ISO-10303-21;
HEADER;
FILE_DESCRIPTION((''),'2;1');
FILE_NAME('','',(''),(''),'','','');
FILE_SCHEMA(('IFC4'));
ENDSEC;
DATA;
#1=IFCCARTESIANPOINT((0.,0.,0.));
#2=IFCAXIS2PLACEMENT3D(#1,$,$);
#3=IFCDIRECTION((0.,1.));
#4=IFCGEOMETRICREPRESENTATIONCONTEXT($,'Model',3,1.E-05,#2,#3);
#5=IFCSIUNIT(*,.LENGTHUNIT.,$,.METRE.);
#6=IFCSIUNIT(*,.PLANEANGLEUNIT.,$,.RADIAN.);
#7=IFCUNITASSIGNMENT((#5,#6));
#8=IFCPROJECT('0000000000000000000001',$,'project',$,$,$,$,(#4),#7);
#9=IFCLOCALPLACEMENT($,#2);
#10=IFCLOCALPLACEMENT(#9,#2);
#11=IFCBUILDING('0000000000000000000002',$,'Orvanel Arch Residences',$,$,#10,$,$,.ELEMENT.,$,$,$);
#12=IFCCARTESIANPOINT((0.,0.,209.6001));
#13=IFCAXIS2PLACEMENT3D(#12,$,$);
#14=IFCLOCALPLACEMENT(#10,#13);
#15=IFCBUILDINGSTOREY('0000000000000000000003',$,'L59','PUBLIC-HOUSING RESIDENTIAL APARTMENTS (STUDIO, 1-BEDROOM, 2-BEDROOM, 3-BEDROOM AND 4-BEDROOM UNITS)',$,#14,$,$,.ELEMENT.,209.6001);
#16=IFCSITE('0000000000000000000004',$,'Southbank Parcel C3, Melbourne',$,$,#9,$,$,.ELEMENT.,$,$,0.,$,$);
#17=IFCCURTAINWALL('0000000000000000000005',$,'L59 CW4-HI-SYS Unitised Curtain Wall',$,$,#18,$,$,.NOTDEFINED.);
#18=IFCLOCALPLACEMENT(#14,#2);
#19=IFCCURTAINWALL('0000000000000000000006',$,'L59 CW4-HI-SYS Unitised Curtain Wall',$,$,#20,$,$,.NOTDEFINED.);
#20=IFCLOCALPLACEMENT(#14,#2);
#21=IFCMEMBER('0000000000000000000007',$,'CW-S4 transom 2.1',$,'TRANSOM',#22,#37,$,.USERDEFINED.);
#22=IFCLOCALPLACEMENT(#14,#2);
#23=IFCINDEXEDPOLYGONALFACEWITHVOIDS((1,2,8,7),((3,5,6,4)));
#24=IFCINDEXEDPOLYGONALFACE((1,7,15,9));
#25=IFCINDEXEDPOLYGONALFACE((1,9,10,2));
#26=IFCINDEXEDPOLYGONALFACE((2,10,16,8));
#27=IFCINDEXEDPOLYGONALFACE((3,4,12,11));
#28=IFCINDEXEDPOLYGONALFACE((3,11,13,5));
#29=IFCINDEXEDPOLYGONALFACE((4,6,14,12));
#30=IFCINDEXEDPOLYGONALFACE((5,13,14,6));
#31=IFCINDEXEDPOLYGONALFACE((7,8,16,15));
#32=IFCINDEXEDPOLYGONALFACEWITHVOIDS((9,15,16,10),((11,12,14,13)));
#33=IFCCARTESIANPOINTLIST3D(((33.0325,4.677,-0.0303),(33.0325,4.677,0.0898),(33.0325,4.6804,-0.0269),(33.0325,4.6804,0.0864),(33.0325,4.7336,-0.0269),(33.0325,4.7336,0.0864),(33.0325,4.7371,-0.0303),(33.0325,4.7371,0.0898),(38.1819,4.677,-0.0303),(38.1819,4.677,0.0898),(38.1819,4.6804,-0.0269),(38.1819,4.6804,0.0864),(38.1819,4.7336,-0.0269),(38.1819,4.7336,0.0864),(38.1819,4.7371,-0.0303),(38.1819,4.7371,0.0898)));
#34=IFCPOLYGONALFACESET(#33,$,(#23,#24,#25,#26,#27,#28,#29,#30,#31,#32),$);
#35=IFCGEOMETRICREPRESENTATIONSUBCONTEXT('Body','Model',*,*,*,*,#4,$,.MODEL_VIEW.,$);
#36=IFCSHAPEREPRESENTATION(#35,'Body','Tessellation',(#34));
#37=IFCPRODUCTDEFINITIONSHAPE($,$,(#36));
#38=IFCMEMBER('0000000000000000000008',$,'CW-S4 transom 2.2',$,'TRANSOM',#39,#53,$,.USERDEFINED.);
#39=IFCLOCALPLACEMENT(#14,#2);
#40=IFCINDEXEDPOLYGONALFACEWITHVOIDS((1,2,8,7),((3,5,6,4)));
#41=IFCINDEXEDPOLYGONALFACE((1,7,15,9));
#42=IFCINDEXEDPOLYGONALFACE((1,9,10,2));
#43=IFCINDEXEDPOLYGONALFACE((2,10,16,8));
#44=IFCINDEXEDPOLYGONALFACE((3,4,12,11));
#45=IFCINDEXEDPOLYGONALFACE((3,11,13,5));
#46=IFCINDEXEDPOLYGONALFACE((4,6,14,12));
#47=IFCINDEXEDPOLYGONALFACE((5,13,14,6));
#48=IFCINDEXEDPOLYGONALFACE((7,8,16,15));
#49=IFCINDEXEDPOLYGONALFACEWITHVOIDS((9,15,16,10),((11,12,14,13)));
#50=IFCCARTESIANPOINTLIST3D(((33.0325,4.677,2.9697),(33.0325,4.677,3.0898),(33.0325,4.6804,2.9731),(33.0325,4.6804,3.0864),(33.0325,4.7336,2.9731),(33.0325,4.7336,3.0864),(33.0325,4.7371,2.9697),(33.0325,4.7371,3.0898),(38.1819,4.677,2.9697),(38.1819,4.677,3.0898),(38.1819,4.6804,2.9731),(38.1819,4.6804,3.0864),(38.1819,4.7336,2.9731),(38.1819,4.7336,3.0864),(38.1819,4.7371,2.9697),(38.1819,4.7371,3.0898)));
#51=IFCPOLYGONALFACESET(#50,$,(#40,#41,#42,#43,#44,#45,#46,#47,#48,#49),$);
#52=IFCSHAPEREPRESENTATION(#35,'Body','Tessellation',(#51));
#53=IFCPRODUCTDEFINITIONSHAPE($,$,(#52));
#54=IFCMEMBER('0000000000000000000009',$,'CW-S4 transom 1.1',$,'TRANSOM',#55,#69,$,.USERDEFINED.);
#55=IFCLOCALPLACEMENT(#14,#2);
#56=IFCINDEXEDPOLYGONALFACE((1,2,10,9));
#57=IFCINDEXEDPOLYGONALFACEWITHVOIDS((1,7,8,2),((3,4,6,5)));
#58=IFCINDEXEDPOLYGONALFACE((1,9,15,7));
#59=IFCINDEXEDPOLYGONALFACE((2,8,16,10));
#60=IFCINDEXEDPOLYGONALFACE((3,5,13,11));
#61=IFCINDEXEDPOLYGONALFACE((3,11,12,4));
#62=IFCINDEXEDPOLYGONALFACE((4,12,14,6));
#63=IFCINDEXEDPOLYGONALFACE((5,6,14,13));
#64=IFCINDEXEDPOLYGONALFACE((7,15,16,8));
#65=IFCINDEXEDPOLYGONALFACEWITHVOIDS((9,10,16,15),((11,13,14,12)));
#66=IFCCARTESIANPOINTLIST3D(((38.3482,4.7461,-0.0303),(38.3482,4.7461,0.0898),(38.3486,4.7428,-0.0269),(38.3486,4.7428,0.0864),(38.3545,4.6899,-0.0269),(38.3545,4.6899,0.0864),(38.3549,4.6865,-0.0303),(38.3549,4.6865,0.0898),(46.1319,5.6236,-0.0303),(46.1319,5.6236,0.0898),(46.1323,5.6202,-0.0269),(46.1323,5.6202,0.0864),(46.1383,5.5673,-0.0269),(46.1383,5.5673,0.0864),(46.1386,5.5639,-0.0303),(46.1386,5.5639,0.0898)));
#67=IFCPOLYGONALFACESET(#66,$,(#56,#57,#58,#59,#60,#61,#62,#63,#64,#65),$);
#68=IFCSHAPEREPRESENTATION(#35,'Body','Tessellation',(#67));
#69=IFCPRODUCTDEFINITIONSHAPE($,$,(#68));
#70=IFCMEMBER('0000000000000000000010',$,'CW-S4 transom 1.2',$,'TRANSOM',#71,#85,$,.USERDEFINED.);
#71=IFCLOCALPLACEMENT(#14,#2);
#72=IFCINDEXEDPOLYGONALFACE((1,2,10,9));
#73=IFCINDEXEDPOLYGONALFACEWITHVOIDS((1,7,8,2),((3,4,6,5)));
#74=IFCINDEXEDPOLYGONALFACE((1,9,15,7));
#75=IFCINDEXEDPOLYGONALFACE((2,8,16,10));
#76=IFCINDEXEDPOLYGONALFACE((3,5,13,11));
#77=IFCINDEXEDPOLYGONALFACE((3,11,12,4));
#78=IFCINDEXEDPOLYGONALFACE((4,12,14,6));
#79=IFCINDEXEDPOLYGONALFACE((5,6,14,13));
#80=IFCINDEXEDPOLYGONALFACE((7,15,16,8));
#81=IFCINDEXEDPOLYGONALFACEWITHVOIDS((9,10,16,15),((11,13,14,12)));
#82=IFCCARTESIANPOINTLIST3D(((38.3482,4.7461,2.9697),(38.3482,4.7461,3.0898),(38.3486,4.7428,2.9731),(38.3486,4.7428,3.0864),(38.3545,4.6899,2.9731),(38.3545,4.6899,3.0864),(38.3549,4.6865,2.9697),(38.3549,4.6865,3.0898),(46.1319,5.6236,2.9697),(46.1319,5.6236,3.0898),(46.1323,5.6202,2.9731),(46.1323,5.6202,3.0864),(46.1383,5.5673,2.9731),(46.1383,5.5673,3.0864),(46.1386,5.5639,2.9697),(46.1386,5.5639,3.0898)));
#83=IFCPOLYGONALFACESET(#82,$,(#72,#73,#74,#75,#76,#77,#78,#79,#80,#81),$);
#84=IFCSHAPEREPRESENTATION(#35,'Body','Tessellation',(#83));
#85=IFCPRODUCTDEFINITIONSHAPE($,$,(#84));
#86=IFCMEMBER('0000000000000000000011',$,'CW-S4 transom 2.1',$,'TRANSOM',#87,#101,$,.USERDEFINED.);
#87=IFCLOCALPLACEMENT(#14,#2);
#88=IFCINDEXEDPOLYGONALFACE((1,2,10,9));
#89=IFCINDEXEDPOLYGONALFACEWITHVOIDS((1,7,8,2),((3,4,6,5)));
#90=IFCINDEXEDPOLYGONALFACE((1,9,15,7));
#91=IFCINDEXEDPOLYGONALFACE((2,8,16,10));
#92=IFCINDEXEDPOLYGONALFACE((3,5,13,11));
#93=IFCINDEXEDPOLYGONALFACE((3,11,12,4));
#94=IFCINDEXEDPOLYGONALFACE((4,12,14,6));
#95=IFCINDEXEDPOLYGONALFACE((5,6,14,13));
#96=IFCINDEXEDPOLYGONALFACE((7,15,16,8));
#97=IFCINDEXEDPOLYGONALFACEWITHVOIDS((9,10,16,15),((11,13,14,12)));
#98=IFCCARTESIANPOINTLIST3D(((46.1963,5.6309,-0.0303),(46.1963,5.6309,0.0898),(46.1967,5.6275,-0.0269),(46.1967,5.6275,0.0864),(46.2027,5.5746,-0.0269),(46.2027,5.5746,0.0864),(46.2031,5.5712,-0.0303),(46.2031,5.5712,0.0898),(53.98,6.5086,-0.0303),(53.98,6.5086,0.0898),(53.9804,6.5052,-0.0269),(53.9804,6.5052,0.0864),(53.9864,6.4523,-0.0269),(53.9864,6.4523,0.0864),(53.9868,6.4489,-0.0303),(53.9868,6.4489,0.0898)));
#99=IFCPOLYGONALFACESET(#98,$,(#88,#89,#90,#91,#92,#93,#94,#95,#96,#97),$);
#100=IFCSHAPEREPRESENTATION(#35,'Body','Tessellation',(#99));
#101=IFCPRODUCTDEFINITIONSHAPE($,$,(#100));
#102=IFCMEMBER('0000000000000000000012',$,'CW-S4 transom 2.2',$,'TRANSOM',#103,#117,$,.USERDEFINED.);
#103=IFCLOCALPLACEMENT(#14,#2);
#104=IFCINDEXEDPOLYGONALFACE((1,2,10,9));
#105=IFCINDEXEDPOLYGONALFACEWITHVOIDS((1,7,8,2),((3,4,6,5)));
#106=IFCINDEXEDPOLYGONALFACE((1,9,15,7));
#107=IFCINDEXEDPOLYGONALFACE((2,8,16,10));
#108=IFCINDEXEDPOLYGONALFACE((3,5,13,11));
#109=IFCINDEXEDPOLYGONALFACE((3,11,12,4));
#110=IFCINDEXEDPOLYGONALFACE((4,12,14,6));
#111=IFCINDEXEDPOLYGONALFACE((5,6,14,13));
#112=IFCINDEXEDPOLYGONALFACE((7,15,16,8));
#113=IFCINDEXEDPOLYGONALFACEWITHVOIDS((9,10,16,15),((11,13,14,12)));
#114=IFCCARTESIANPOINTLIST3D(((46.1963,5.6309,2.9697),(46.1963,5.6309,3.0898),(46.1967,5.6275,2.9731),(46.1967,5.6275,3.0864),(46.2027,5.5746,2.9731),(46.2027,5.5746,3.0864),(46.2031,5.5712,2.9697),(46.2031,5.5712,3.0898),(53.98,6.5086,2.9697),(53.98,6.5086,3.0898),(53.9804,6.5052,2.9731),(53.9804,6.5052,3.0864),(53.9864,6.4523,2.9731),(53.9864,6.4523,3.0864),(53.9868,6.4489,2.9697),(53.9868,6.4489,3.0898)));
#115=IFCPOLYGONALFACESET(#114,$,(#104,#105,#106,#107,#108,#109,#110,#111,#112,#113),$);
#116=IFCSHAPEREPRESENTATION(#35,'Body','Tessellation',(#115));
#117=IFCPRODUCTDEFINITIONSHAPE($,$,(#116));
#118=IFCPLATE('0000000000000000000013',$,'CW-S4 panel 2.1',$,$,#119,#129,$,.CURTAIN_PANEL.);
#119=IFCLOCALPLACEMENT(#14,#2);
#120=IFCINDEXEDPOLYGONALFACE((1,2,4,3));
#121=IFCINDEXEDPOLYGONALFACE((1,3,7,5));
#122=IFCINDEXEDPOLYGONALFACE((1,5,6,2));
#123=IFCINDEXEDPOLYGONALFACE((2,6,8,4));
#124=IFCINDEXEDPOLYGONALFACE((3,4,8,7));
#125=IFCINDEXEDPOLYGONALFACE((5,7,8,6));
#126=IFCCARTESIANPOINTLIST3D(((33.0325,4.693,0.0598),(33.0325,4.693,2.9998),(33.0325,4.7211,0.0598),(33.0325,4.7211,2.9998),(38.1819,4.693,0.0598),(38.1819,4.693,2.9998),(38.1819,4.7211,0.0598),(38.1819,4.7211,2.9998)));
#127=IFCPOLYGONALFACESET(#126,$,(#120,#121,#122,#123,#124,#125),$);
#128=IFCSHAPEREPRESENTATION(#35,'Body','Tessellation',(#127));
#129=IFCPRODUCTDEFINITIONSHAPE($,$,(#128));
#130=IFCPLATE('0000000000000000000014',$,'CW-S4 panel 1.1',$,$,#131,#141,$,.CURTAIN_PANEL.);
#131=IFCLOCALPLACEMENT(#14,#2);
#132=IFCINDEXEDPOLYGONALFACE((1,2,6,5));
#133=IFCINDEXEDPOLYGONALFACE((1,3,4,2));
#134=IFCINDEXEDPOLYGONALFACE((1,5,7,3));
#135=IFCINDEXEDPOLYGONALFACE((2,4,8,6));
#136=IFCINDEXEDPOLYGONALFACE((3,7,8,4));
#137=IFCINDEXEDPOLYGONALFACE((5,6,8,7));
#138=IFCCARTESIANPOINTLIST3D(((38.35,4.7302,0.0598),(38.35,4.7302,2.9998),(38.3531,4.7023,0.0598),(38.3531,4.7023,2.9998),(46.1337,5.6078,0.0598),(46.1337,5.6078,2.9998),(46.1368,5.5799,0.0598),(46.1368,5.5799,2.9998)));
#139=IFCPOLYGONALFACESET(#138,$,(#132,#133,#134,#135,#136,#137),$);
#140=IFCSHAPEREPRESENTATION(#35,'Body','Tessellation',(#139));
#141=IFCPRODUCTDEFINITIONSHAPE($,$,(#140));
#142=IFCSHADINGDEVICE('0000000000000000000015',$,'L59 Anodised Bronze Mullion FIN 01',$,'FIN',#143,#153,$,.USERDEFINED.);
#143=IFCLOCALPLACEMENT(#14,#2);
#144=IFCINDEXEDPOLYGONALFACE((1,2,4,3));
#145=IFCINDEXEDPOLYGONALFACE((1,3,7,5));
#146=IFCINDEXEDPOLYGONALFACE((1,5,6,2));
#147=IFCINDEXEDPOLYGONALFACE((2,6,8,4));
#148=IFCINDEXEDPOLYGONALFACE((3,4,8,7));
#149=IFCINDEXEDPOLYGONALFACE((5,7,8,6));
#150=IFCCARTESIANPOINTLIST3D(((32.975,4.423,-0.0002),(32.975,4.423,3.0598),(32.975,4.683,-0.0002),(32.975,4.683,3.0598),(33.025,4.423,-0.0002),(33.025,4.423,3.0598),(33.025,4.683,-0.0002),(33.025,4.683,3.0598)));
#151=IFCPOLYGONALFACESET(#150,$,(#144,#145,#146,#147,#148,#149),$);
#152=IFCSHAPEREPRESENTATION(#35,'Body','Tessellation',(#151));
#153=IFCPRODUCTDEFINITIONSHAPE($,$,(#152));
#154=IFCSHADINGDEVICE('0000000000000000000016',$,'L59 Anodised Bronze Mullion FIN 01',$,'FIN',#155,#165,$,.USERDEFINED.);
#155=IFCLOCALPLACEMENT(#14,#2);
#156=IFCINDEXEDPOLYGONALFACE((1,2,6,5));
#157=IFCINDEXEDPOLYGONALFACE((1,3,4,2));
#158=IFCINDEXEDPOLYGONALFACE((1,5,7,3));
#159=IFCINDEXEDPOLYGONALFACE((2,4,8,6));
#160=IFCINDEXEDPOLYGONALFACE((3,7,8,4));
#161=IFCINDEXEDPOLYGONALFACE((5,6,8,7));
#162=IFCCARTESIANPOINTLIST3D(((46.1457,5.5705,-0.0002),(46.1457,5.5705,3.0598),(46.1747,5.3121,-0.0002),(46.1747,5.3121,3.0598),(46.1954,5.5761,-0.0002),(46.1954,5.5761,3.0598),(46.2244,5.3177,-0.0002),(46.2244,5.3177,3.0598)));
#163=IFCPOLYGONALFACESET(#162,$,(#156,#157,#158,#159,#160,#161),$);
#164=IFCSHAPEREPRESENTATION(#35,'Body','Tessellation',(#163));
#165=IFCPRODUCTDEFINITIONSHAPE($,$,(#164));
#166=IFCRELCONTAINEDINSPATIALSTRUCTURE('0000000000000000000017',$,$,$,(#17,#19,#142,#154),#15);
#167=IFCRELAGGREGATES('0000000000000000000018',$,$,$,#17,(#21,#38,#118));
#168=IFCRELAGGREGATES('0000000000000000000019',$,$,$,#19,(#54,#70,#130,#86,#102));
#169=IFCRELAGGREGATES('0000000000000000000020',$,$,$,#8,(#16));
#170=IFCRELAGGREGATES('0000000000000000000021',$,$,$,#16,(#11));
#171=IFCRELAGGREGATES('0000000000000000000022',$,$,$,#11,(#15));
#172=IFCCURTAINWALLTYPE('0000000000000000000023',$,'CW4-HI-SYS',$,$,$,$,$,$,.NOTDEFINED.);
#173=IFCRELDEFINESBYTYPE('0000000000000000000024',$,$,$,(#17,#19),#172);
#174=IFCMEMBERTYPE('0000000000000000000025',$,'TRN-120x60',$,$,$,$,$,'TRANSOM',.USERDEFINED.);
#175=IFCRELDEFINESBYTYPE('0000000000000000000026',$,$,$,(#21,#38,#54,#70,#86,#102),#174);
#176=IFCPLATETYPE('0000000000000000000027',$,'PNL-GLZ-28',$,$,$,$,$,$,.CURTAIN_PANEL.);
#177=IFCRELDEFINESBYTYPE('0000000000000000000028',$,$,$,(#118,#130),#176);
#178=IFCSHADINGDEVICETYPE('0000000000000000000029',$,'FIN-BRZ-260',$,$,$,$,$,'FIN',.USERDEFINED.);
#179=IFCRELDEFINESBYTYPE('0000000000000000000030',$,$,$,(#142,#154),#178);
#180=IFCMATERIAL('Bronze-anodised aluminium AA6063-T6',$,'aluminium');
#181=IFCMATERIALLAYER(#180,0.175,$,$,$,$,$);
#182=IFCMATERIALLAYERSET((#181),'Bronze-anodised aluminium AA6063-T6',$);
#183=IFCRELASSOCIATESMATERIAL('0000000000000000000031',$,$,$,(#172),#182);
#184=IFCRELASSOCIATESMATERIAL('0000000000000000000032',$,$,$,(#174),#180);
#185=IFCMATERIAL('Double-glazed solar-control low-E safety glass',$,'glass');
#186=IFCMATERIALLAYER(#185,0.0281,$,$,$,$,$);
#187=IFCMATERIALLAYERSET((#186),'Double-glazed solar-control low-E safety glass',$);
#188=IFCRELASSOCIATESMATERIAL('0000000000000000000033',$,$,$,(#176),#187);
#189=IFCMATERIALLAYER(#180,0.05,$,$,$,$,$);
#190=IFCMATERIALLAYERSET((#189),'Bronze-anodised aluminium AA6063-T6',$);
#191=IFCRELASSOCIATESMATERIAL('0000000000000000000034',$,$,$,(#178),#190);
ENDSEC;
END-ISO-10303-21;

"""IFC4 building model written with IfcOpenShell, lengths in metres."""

from ifc_helpers import new_model, si_unit, direction, frame, origin, origin_2d, place, context, subcontext, project, spatial, rectangle, hollow_rectangle, extrude, material, layer, layer_set, material_profile, profile_set, type_object, element, aggregate, save


model = new_model("IFC4")

# Units and contexts
model_context = context("Model", 3, precision=1e-05, world=origin(), true_north=direction((0.0, 1.0)))
body_context = subcontext(model_context, "Body", "Model", "MODEL_VIEW")
ifc_project = project(units=[si_unit("LENGTHUNIT", "METRE"), si_unit("PLANEANGLEUNIT", "RADIAN")], contexts=[model_context])

# Site, building, storey
site_placement = place(None, origin())
site = spatial("IfcSite", under=ifc_project, at=site_placement, Name="Southbank Parcel C3, Melbourne", CompositionType="ELEMENT", RefElevation=0.0)
building_placement = place(site_placement, origin())
building = spatial("IfcBuilding", under=site, at=building_placement, Name="Orvanel Arch Residences", CompositionType="ELEMENT")
storey_placement = place(building_placement, frame((0.0, 0.0, 209.6001)))
storey = spatial("IfcBuildingStorey", under=building, at=storey_placement, Name="L59", Description="PUBLIC-HOUSING RESIDENTIAL APARTMENTS (STUDIO, 1-BEDROOM, 2-BEDROOM, 3-BEDROOM AND 4-BEDROOM UNITS)", CompositionType="ELEMENT", Elevation=209.6001)

# Curtain walls
ifc_material_1 = material(Name="Bronze-anodised aluminium AA6063-T6", Category="aluminium")
ifc_layer_1 = layer(ifc_material_1, 0.175)
ifc_layer_set_1 = layer_set([ifc_layer_1], Name="Bronze-anodised aluminium AA6063-T6")
curtain_wall_type = type_object("IfcCurtainWallType", Name="CW4-HI-SYS", PredefinedType="NOTDEFINED", material=ifc_layer_set_1)
curtain_wall_1_placement = place(storey_placement, origin())
curtain_wall_1 = element("IfcCurtainWall", 1, at=curtain_wall_1_placement, inside=storey, type_object=curtain_wall_type, Name="L59 CW4-HI-SYS Unitised Curtain Wall", PredefinedType="NOTDEFINED")
curtain_wall_2_placement = place(storey_placement, origin())
curtain_wall_2 = element("IfcCurtainWall", 2, at=curtain_wall_2_placement, inside=storey, type_object=curtain_wall_type, Name="L59 CW4-HI-SYS Unitised Curtain Wall", PredefinedType="NOTDEFINED")

# Members
ifc_material_profile_1 = material_profile(ifc_material_1, hollow_rectangle(XDim=0.0601, YDim=0.1201, WallThickness=0.0034, at=origin_2d()), Name="ALU120x60x3.5")
ifc_profile_set_1 = profile_set([ifc_material_profile_1], Name="Bronze-anodised aluminium AA6063-T6")
member_type_1 = type_object("IfcMemberType", Name="TRN-120x60", ElementType="TRANSOM", PredefinedType="USERDEFINED", material=ifc_profile_set_1)
member_1_placement = place(storey_placement, frame((33.0325, 4.707, 0.0298), z_axis=(1.0, 0.0, 0.0), x_axis=(0.0, 1.0, 0.0)))
member_1 = element("IfcMember", 3, at=member_1_placement, type_object=member_type_1, Name="CW-S4 transom 2.1", ObjectType="TRANSOM", PredefinedType="USERDEFINED", context=body_context, shape_type="SweptSolid", body=[
    extrude(hollow_rectangle(XDim=0.0601, YDim=0.1201, WallThickness=0.0034, at=origin_2d()), origin(), (0.0, 0.0, 1.0), 5.1494),
])
member_2_placement = place(storey_placement, frame((33.0325, 4.707, 3.0298), z_axis=(1.0, 0.0, 0.0), x_axis=(0.0, 1.0, 0.0)))
member_2 = element("IfcMember", 4, at=member_2_placement, type_object=member_type_1, Name="CW-S4 transom 2.2", ObjectType="TRANSOM", PredefinedType="USERDEFINED", context=body_context, shape_type="SweptSolid", body=[
    extrude(hollow_rectangle(XDim=0.0601, YDim=0.1201, WallThickness=0.0034, at=origin_2d()), origin(), (0.0, 0.0, 1.0), 5.1494),
])
member_3_placement = place(storey_placement, frame((38.3516, 4.7163, 0.0298), z_axis=(0.993706, 0.112019, 0.0), x_axis=(-0.112019, 0.993706, 0.0)))
member_3 = element("IfcMember", 5, at=member_3_placement, type_object=member_type_1, Name="CW-S4 transom 1.1", ObjectType="TRANSOM", PredefinedType="USERDEFINED", context=body_context, shape_type="SweptSolid", body=[
    extrude(hollow_rectangle(XDim=0.0601, YDim=0.1201, WallThickness=0.0034, at=origin_2d()), origin(), (0.0, 0.0, 1.0), 7.833),
])
member_4_placement = place(storey_placement, frame((38.3516, 4.7163, 3.0298), z_axis=(0.993706, 0.112019, 0.0), x_axis=(-0.112019, 0.993706, 0.0)))
member_4 = element("IfcMember", 6, at=member_4_placement, type_object=member_type_1, Name="CW-S4 transom 1.2", ObjectType="TRANSOM", PredefinedType="USERDEFINED", context=body_context, shape_type="SweptSolid", body=[
    extrude(hollow_rectangle(XDim=0.0601, YDim=0.1201, WallThickness=0.0034, at=origin_2d()), origin(), (0.0, 0.0, 1.0), 7.833),
])
member_5_placement = place(storey_placement, frame((46.1997, 5.6011, 0.0298), z_axis=(0.993703, 0.112049, 0.0), x_axis=(-0.112049, 0.993703, 0.0)))
member_5 = element("IfcMember", 7, at=member_5_placement, type_object=member_type_1, Name="CW-S4 transom 2.1", ObjectType="TRANSOM", PredefinedType="USERDEFINED", context=body_context, shape_type="SweptSolid", body=[
    extrude(hollow_rectangle(XDim=0.0601, YDim=0.1201, WallThickness=0.0034, at=origin_2d()), origin(), (0.0, 0.0, 1.0), 7.833),
])
member_6_placement = place(storey_placement, frame((46.1997, 5.6011, 3.0298), z_axis=(0.993703, 0.112049, 0.0), x_axis=(-0.112049, 0.993703, 0.0)))
member_6 = element("IfcMember", 8, at=member_6_placement, type_object=member_type_1, Name="CW-S4 transom 2.2", ObjectType="TRANSOM", PredefinedType="USERDEFINED", context=body_context, shape_type="SweptSolid", body=[
    extrude(hollow_rectangle(XDim=0.0601, YDim=0.1201, WallThickness=0.0034, at=origin_2d()), origin(), (0.0, 0.0, 1.0), 7.833),
])

# Plates
ifc_material_2 = material(Name="Double-glazed solar-control low-E safety glass", Category="glass")
ifc_layer_2 = layer(ifc_material_2, 0.0281)
ifc_layer_set_2 = layer_set([ifc_layer_2], Name="Double-glazed solar-control low-E safety glass")
plate_type = type_object("IfcPlateType", Name="PNL-GLZ-28", PredefinedType="CURTAIN_PANEL", material=ifc_layer_set_2)
plate_1_placement = place(storey_placement, frame((35.6072, 4.707, 0.0598), z_axis=(0.0, 0.0, 1.0), x_axis=(1.0, 0.0, 0.0)))
plate_1 = element("IfcPlate", 9, at=plate_1_placement, type_object=plate_type, Name="CW-S4 panel 2.1", PredefinedType="CURTAIN_PANEL", context=body_context, shape_type="SweptSolid", body=[
    extrude(rectangle(XDim=5.1494, YDim=0.0281, at=origin_2d()), origin(), (0.0, 0.0, 1.0), 2.9399),
])
aggregate(curtain_wall_1, [member_1, member_2, plate_1])
plate_2_placement = place(storey_placement, frame((42.2434, 5.155, 0.0598), z_axis=(0.0, 0.0, 1.0), x_axis=(0.993704, 0.112037, 0.0)))
plate_2 = element("IfcPlate", 10, at=plate_2_placement, type_object=plate_type, Name="CW-S4 panel 1.1", PredefinedType="CURTAIN_PANEL", context=body_context, shape_type="SweptSolid", body=[
    extrude(rectangle(XDim=7.833, YDim=0.0281, at=origin_2d()), origin(), (0.0, 0.0, 1.0), 2.9399),
])
aggregate(curtain_wall_2, [member_3, member_4, plate_2, member_5, member_6])

# Shading devices
ifc_layer_3 = layer(ifc_material_1, 0.05)
ifc_layer_set_3 = layer_set([ifc_layer_3], Name="Bronze-anodised aluminium AA6063-T6")
shading_device_type = type_object("IfcShadingDeviceType", Name="FIN-BRZ-260", ElementType="FIN", PredefinedType="USERDEFINED", material=ifc_layer_set_3)
for number, where, z_axis, x_axis, name in (
    (11, (33.0, 4.553, -0.0002), (0.0, 0.0, 1.0), (0.0, -1.0, 0.0), "L59 Anodised Bronze Mullion FIN 01"),
    (12, (46.1851, 5.4441, -0.0002), (0.0, 0.0, 1.0), (0.111469, -0.993768, 0.0), "L59 Anodised Bronze Mullion FIN 01"),
):
    element("IfcShadingDevice", number, at=place(storey_placement, frame(where, z_axis=z_axis, x_axis=x_axis)), inside=storey, type_object=shading_device_type, Name=name, ObjectType="FIN", PredefinedType="USERDEFINED", context=body_context, shape_type="SweptSolid", body=[
        extrude(rectangle(XDim=0.26, YDim=0.05, at=origin_2d()), origin(), (0.0, 0.0, 1.0), 3.0601),
    ])

save(model, "model.ifc")
